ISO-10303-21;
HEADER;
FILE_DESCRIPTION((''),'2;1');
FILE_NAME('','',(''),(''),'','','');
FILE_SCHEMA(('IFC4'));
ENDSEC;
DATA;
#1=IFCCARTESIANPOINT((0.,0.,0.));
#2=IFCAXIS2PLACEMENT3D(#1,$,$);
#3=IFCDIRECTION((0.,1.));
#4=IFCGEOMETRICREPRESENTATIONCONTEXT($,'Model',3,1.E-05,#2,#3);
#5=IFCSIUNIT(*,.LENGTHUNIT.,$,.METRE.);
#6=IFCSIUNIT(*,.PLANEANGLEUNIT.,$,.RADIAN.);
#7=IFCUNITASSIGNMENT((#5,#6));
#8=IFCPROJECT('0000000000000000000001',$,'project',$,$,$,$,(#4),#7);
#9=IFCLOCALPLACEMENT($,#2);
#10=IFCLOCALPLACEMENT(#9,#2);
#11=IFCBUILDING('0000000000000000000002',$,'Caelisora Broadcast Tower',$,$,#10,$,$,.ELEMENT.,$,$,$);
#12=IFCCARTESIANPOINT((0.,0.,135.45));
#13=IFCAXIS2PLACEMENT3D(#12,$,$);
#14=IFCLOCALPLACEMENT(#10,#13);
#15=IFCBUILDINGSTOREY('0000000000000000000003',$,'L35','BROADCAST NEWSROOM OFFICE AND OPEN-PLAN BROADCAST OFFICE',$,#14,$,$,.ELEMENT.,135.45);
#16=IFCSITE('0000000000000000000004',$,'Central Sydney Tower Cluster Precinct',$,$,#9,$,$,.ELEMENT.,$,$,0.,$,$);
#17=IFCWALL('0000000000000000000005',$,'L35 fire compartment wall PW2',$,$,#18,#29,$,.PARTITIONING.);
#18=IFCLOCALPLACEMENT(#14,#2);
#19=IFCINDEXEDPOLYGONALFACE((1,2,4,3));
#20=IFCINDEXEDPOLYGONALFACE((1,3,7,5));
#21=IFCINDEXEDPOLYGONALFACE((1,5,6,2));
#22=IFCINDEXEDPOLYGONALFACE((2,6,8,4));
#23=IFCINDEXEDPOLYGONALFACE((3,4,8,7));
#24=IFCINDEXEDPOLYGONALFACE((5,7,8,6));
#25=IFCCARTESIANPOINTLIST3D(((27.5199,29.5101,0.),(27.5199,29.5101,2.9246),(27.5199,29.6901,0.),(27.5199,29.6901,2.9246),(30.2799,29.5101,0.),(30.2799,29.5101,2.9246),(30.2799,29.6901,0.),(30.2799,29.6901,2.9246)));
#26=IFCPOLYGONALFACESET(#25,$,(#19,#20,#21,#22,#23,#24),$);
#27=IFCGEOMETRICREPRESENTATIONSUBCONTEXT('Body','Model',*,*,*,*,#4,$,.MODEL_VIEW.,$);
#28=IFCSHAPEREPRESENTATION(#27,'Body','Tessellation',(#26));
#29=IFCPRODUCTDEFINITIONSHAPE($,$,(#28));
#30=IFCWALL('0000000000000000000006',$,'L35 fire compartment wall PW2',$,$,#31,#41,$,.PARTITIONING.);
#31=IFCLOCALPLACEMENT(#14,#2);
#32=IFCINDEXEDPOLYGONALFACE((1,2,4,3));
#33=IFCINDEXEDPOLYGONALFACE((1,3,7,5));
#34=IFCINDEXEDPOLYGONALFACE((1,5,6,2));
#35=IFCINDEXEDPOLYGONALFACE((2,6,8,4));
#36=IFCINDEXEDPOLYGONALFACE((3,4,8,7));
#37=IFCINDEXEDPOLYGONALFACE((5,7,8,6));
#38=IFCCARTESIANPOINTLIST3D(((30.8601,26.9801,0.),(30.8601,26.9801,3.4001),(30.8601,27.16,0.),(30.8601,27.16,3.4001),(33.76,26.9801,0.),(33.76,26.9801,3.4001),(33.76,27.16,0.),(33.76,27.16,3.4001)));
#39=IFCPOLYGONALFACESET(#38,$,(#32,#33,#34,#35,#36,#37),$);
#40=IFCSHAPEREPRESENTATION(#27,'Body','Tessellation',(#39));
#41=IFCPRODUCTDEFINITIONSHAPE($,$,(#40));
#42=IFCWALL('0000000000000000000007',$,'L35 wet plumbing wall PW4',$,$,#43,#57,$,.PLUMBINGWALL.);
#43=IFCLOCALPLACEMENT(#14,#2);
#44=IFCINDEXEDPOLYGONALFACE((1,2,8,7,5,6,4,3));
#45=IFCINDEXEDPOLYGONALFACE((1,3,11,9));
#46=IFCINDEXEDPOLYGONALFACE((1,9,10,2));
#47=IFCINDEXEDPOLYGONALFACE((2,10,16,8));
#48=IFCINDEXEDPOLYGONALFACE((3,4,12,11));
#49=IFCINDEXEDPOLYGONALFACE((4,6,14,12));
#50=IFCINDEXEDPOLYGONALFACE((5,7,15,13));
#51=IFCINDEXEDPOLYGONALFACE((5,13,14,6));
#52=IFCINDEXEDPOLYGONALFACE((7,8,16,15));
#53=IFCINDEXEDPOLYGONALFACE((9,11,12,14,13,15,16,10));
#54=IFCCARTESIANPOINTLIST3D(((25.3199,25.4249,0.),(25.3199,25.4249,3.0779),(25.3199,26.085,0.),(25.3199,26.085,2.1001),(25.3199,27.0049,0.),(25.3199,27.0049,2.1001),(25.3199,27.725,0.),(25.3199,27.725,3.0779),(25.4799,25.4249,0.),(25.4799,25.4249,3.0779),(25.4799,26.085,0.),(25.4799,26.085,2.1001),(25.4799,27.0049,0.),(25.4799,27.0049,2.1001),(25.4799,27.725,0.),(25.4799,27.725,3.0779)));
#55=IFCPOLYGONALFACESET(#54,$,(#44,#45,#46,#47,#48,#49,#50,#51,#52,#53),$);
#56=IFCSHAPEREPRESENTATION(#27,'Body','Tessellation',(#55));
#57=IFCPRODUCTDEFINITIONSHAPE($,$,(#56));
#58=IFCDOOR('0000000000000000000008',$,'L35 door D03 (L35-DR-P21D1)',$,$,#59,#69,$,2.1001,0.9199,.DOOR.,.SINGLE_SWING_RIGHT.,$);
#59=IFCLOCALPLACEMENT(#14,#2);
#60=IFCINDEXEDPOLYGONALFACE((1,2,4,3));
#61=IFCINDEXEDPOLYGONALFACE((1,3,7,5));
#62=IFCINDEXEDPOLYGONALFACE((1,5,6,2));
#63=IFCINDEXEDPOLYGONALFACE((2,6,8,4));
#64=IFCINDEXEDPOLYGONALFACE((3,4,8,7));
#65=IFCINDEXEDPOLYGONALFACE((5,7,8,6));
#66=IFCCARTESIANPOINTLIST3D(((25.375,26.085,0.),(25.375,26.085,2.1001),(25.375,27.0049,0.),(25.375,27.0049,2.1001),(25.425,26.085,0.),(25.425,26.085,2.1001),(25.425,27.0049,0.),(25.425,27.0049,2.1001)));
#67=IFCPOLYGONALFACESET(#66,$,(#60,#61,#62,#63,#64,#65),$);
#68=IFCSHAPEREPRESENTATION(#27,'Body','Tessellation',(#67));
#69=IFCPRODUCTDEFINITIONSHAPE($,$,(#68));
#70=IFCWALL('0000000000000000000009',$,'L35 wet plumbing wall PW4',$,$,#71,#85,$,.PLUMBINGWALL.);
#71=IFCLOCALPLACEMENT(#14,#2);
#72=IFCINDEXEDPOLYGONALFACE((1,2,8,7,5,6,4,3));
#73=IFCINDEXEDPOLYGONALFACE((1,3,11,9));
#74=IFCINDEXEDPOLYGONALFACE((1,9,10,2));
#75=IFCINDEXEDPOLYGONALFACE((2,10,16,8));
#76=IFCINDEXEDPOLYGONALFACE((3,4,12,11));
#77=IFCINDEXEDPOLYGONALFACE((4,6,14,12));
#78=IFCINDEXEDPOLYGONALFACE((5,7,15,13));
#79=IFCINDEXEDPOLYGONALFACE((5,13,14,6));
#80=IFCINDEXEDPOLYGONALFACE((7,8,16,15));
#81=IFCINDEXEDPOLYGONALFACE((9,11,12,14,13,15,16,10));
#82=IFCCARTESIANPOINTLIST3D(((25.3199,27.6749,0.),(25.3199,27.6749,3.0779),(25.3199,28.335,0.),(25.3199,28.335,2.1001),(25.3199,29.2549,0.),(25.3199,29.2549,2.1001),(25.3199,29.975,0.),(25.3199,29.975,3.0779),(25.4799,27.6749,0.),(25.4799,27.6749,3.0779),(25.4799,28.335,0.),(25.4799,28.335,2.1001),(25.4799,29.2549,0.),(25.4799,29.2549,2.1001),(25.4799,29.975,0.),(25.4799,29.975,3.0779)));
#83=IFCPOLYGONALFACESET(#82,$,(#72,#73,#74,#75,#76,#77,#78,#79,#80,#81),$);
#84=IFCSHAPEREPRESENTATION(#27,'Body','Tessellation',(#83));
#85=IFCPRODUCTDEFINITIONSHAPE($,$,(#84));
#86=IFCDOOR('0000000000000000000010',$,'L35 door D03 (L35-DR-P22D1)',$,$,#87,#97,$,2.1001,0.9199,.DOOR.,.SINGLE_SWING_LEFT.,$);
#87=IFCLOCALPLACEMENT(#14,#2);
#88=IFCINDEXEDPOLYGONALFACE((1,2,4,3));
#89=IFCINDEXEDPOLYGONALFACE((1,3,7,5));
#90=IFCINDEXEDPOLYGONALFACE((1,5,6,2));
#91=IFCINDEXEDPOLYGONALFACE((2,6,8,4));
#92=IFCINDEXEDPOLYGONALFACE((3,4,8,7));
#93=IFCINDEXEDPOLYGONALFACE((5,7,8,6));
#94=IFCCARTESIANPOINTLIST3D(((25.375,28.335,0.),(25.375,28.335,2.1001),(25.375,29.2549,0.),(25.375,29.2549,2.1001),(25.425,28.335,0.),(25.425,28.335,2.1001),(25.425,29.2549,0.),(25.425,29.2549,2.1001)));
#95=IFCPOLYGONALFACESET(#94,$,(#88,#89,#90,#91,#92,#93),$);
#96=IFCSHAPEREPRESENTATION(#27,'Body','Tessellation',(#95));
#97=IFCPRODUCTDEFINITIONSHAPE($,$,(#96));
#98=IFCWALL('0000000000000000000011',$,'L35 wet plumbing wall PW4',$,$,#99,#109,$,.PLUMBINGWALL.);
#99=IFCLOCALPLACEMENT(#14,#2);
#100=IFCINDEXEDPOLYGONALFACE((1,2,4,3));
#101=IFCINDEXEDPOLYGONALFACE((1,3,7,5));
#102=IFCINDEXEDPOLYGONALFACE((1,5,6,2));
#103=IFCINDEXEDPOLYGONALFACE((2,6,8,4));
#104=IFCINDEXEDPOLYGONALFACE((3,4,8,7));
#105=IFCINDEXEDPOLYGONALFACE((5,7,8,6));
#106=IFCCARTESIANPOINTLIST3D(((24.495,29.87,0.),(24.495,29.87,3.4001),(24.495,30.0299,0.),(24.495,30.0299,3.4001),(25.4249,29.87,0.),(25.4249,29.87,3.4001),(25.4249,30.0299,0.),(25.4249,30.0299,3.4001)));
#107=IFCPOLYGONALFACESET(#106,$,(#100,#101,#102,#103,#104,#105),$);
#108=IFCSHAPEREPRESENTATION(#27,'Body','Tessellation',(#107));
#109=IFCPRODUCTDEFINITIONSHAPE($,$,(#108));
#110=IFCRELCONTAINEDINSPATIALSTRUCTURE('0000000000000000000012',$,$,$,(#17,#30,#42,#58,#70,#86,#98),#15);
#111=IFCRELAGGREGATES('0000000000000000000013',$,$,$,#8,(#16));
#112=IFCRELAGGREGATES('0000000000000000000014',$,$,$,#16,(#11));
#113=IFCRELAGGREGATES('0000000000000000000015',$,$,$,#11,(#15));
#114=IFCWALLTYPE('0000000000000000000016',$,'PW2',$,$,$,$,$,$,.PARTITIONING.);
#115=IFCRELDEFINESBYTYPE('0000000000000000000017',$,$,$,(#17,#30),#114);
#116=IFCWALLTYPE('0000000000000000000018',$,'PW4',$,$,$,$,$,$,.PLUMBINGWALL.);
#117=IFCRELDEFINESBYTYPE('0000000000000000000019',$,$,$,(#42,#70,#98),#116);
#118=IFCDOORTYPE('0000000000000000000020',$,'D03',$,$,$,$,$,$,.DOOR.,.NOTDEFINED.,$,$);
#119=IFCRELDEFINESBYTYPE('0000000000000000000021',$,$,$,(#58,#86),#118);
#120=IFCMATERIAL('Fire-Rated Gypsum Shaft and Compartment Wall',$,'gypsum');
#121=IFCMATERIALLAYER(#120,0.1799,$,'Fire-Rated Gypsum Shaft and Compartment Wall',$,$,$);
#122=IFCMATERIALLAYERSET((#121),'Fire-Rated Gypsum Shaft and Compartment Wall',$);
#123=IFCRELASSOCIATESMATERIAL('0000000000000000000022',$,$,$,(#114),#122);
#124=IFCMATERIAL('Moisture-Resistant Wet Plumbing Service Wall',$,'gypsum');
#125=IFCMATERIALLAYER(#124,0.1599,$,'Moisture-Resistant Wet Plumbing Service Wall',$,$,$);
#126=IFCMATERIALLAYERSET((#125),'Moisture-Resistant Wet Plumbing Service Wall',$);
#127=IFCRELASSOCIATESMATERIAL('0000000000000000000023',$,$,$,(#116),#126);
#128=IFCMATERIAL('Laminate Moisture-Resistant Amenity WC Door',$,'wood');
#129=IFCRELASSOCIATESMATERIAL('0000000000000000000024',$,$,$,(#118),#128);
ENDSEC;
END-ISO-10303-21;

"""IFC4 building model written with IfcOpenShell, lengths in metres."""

from ifc_helpers import new_model, si_unit, direction, frame, frame_2d, origin, place, context, subcontext, project, spatial, rectangle, extrude, material, layer, layer_set, type_object, element, fill, save


model = new_model("IFC4")

# Units and contexts
model_context = context("Model", 3, precision=1e-05, world=origin(), true_north=direction((0.0, 1.0)))
body_context = subcontext(model_context, "Body", "Model", "MODEL_VIEW")
ifc_project = project(units=[si_unit("LENGTHUNIT", "METRE"), si_unit("PLANEANGLEUNIT", "RADIAN")], contexts=[model_context])

# Site, building, storey
site_placement = place(None, origin())
site = spatial("IfcSite", under=ifc_project, at=site_placement, Name="Central Sydney Tower Cluster Precinct", CompositionType="ELEMENT", RefElevation=0.0)
building_placement = place(site_placement, origin())
building = spatial("IfcBuilding", under=site, at=building_placement, Name="Caelisora Broadcast Tower", CompositionType="ELEMENT")
storey_placement = place(building_placement, frame((0.0, 0.0, 135.45)))
storey = spatial("IfcBuildingStorey", under=building, at=storey_placement, Name="L35", Description="BROADCAST NEWSROOM OFFICE AND OPEN-PLAN BROADCAST OFFICE", CompositionType="ELEMENT", Elevation=135.45)

# Shared definitions
ifc_material_1 = material(Name="Fire-Rated Gypsum Shaft and Compartment Wall", Category="gypsum")
ifc_layer_1 = layer(ifc_material_1, 0.1799, Name="Fire-Rated Gypsum Shaft and Compartment Wall")
ifc_layer_set_1 = layer_set([ifc_layer_1], Name="Fire-Rated Gypsum Shaft and Compartment Wall")
wall_type_1 = type_object("IfcWallType", Name="PW2", PredefinedType="PARTITIONING", material=ifc_layer_set_1)

# Walls
wall_1_placement = place(storey_placement, frame((27.52, 29.6001, 0.0), z_axis=(0.0, 0.0, 1.0), x_axis=(1.0, 0.0, 0.0)))
element("IfcWall", 1, at=wall_1_placement, inside=storey, type_object=wall_type_1, Name="L35 fire compartment wall PW2", PredefinedType="PARTITIONING", context=body_context, shape_type="SweptSolid", body=[
    extrude(rectangle(XDim=2.76, YDim=0.1799, at=frame_2d((1.3799, 0.0))), origin(), (0.0, 0.0, 1.0), 2.9246),
])
wall_2_placement = place(storey_placement, frame((30.8601, 27.0701, 0.0), z_axis=(0.0, 0.0, 1.0), x_axis=(1.0, 0.0, 0.0)))
element("IfcWall", 2, at=wall_2_placement, inside=storey, type_object=wall_type_1, Name="L35 fire compartment wall PW2", PredefinedType="PARTITIONING", context=body_context, shape_type="SweptSolid", body=[
    extrude(rectangle(XDim=2.8999, YDim=0.1799, at=frame_2d((1.45, 0.0))), origin(), (0.0, 0.0, 1.0), 3.4001),
])

# Walls, openings, doors
ifc_material_2 = material(Name="Moisture-Resistant Wet Plumbing Service Wall", Category="gypsum")
ifc_layer_2 = layer(ifc_material_2, 0.1599, Name="Moisture-Resistant Wet Plumbing Service Wall")
ifc_layer_set_2 = layer_set([ifc_layer_2], Name="Moisture-Resistant Wet Plumbing Service Wall")
wall_type_2 = type_object("IfcWallType", Name="PW4", PredefinedType="PLUMBINGWALL", material=ifc_layer_set_2)
wall_3_placement = place(storey_placement, frame((25.3999, 25.425, 0.0), z_axis=(0.0, 0.0, 1.0), x_axis=(0.0, 1.0, 0.0)))
wall_3 = element("IfcWall", 3, at=wall_3_placement, inside=storey, type_object=wall_type_2, Name="L35 wet plumbing wall PW4", PredefinedType="PLUMBINGWALL", context=body_context, shape_type="SweptSolid", body=[
    extrude(rectangle(XDim=2.3, YDim=0.1599, at=frame_2d((1.1499, 0.0))), origin(), (0.0, 0.0, 1.0), 3.0779),
])
opening_1_placement = place(wall_3_placement, frame((0.6599, 0.0, 0.0)))
opening_1 = element("IfcOpeningElement", 4, at=opening_1_placement, cuts=wall_3, PredefinedType="OPENING", context=body_context, shape_type="SweptSolid", body=[
    extrude(rectangle(XDim=0.9199, YDim=2.1001, at=frame_2d((0.46, 1.05))), frame((0.0, 0.092, 0.0), z_axis=(0.0, -1.0, 0.0), x_axis=(1.0, 0.0, 0.0)), (0.0, 0.0, 1.0), 0.1838),
])
ifc_material_3 = material(Name="Laminate Moisture-Resistant Amenity WC Door", Category="wood")
door_type_1 = type_object("IfcDoorType", Name="D03", OperationType="NOTDEFINED", PredefinedType="DOOR", material=ifc_material_3)
door_1_placement = place(opening_1_placement, origin())
door_1 = element("IfcDoor", 5, at=door_1_placement, inside=storey, type_object=door_type_1, Name="L35 door D03 (L35-DR-P21D1)", OperationType="SINGLE_SWING_RIGHT", OverallHeight=2.1001, OverallWidth=0.9199, PredefinedType="DOOR", context=body_context, shape_type="SweptSolid", body=[
    extrude(rectangle(XDim=0.9199, YDim=2.1001, at=frame_2d((0.46, 1.05))), frame((0.0, 0.0249, 0.0), z_axis=(0.0, -1.0, 0.0), x_axis=(1.0, 0.0, 0.0)), (0.0, 0.0, 1.0), 0.05),
])
fill(opening_1, door_1)
wall_4_placement = place(storey_placement, frame((25.3999, 27.675, 0.0), z_axis=(0.0, 0.0, 1.0), x_axis=(0.0, 1.0, 0.0)))
wall_4 = element("IfcWall", 6, at=wall_4_placement, inside=storey, type_object=wall_type_2, Name="L35 wet plumbing wall PW4", PredefinedType="PLUMBINGWALL", context=body_context, shape_type="SweptSolid", body=[
    extrude(rectangle(XDim=2.3, YDim=0.1599, at=frame_2d((1.1499, 0.0))), origin(), (0.0, 0.0, 1.0), 3.0779),
])
opening_2_placement = place(wall_4_placement, frame((0.6599, 0.0, 0.0)))
opening_2 = element("IfcOpeningElement", 7, at=opening_2_placement, cuts=wall_4, PredefinedType="OPENING", context=body_context, shape_type="SweptSolid", body=[
    extrude(rectangle(XDim=0.9199, YDim=2.1001, at=frame_2d((0.46, 1.05))), frame((0.0, 0.092, 0.0), z_axis=(0.0, -1.0, 0.0), x_axis=(1.0, 0.0, 0.0)), (0.0, 0.0, 1.0), 0.1838),
])
door_2_placement = place(opening_2_placement, origin())
door_2 = element("IfcDoor", 8, at=door_2_placement, inside=storey, type_object=door_type_1, Name="L35 door D03 (L35-DR-P22D1)", OperationType="SINGLE_SWING_LEFT", OverallHeight=2.1001, OverallWidth=0.9199, PredefinedType="DOOR", context=body_context, shape_type="SweptSolid", body=[
    extrude(rectangle(XDim=0.9199, YDim=2.1001, at=frame_2d((0.46, 1.05))), frame((0.0, 0.0249, 0.0), z_axis=(0.0, -1.0, 0.0), x_axis=(1.0, 0.0, 0.0)), (0.0, 0.0, 1.0), 0.05),
])
fill(opening_2, door_2)

# Wall
wall_5_placement = place(storey_placement, frame((24.4951, 29.95, 0.0), z_axis=(0.0, 0.0, 1.0), x_axis=(1.0, 0.0, 0.0)))
element("IfcWall", 9, at=wall_5_placement, inside=storey, type_object=wall_type_2, Name="L35 wet plumbing wall PW4", PredefinedType="PLUMBINGWALL", context=body_context, shape_type="SweptSolid", body=[
    extrude(rectangle(XDim=0.9299, YDim=0.1599, at=frame_2d((0.4648, 0.0))), origin(), (0.0, 0.0, 1.0), 3.4001),
])

save(model, "model.ifc")
